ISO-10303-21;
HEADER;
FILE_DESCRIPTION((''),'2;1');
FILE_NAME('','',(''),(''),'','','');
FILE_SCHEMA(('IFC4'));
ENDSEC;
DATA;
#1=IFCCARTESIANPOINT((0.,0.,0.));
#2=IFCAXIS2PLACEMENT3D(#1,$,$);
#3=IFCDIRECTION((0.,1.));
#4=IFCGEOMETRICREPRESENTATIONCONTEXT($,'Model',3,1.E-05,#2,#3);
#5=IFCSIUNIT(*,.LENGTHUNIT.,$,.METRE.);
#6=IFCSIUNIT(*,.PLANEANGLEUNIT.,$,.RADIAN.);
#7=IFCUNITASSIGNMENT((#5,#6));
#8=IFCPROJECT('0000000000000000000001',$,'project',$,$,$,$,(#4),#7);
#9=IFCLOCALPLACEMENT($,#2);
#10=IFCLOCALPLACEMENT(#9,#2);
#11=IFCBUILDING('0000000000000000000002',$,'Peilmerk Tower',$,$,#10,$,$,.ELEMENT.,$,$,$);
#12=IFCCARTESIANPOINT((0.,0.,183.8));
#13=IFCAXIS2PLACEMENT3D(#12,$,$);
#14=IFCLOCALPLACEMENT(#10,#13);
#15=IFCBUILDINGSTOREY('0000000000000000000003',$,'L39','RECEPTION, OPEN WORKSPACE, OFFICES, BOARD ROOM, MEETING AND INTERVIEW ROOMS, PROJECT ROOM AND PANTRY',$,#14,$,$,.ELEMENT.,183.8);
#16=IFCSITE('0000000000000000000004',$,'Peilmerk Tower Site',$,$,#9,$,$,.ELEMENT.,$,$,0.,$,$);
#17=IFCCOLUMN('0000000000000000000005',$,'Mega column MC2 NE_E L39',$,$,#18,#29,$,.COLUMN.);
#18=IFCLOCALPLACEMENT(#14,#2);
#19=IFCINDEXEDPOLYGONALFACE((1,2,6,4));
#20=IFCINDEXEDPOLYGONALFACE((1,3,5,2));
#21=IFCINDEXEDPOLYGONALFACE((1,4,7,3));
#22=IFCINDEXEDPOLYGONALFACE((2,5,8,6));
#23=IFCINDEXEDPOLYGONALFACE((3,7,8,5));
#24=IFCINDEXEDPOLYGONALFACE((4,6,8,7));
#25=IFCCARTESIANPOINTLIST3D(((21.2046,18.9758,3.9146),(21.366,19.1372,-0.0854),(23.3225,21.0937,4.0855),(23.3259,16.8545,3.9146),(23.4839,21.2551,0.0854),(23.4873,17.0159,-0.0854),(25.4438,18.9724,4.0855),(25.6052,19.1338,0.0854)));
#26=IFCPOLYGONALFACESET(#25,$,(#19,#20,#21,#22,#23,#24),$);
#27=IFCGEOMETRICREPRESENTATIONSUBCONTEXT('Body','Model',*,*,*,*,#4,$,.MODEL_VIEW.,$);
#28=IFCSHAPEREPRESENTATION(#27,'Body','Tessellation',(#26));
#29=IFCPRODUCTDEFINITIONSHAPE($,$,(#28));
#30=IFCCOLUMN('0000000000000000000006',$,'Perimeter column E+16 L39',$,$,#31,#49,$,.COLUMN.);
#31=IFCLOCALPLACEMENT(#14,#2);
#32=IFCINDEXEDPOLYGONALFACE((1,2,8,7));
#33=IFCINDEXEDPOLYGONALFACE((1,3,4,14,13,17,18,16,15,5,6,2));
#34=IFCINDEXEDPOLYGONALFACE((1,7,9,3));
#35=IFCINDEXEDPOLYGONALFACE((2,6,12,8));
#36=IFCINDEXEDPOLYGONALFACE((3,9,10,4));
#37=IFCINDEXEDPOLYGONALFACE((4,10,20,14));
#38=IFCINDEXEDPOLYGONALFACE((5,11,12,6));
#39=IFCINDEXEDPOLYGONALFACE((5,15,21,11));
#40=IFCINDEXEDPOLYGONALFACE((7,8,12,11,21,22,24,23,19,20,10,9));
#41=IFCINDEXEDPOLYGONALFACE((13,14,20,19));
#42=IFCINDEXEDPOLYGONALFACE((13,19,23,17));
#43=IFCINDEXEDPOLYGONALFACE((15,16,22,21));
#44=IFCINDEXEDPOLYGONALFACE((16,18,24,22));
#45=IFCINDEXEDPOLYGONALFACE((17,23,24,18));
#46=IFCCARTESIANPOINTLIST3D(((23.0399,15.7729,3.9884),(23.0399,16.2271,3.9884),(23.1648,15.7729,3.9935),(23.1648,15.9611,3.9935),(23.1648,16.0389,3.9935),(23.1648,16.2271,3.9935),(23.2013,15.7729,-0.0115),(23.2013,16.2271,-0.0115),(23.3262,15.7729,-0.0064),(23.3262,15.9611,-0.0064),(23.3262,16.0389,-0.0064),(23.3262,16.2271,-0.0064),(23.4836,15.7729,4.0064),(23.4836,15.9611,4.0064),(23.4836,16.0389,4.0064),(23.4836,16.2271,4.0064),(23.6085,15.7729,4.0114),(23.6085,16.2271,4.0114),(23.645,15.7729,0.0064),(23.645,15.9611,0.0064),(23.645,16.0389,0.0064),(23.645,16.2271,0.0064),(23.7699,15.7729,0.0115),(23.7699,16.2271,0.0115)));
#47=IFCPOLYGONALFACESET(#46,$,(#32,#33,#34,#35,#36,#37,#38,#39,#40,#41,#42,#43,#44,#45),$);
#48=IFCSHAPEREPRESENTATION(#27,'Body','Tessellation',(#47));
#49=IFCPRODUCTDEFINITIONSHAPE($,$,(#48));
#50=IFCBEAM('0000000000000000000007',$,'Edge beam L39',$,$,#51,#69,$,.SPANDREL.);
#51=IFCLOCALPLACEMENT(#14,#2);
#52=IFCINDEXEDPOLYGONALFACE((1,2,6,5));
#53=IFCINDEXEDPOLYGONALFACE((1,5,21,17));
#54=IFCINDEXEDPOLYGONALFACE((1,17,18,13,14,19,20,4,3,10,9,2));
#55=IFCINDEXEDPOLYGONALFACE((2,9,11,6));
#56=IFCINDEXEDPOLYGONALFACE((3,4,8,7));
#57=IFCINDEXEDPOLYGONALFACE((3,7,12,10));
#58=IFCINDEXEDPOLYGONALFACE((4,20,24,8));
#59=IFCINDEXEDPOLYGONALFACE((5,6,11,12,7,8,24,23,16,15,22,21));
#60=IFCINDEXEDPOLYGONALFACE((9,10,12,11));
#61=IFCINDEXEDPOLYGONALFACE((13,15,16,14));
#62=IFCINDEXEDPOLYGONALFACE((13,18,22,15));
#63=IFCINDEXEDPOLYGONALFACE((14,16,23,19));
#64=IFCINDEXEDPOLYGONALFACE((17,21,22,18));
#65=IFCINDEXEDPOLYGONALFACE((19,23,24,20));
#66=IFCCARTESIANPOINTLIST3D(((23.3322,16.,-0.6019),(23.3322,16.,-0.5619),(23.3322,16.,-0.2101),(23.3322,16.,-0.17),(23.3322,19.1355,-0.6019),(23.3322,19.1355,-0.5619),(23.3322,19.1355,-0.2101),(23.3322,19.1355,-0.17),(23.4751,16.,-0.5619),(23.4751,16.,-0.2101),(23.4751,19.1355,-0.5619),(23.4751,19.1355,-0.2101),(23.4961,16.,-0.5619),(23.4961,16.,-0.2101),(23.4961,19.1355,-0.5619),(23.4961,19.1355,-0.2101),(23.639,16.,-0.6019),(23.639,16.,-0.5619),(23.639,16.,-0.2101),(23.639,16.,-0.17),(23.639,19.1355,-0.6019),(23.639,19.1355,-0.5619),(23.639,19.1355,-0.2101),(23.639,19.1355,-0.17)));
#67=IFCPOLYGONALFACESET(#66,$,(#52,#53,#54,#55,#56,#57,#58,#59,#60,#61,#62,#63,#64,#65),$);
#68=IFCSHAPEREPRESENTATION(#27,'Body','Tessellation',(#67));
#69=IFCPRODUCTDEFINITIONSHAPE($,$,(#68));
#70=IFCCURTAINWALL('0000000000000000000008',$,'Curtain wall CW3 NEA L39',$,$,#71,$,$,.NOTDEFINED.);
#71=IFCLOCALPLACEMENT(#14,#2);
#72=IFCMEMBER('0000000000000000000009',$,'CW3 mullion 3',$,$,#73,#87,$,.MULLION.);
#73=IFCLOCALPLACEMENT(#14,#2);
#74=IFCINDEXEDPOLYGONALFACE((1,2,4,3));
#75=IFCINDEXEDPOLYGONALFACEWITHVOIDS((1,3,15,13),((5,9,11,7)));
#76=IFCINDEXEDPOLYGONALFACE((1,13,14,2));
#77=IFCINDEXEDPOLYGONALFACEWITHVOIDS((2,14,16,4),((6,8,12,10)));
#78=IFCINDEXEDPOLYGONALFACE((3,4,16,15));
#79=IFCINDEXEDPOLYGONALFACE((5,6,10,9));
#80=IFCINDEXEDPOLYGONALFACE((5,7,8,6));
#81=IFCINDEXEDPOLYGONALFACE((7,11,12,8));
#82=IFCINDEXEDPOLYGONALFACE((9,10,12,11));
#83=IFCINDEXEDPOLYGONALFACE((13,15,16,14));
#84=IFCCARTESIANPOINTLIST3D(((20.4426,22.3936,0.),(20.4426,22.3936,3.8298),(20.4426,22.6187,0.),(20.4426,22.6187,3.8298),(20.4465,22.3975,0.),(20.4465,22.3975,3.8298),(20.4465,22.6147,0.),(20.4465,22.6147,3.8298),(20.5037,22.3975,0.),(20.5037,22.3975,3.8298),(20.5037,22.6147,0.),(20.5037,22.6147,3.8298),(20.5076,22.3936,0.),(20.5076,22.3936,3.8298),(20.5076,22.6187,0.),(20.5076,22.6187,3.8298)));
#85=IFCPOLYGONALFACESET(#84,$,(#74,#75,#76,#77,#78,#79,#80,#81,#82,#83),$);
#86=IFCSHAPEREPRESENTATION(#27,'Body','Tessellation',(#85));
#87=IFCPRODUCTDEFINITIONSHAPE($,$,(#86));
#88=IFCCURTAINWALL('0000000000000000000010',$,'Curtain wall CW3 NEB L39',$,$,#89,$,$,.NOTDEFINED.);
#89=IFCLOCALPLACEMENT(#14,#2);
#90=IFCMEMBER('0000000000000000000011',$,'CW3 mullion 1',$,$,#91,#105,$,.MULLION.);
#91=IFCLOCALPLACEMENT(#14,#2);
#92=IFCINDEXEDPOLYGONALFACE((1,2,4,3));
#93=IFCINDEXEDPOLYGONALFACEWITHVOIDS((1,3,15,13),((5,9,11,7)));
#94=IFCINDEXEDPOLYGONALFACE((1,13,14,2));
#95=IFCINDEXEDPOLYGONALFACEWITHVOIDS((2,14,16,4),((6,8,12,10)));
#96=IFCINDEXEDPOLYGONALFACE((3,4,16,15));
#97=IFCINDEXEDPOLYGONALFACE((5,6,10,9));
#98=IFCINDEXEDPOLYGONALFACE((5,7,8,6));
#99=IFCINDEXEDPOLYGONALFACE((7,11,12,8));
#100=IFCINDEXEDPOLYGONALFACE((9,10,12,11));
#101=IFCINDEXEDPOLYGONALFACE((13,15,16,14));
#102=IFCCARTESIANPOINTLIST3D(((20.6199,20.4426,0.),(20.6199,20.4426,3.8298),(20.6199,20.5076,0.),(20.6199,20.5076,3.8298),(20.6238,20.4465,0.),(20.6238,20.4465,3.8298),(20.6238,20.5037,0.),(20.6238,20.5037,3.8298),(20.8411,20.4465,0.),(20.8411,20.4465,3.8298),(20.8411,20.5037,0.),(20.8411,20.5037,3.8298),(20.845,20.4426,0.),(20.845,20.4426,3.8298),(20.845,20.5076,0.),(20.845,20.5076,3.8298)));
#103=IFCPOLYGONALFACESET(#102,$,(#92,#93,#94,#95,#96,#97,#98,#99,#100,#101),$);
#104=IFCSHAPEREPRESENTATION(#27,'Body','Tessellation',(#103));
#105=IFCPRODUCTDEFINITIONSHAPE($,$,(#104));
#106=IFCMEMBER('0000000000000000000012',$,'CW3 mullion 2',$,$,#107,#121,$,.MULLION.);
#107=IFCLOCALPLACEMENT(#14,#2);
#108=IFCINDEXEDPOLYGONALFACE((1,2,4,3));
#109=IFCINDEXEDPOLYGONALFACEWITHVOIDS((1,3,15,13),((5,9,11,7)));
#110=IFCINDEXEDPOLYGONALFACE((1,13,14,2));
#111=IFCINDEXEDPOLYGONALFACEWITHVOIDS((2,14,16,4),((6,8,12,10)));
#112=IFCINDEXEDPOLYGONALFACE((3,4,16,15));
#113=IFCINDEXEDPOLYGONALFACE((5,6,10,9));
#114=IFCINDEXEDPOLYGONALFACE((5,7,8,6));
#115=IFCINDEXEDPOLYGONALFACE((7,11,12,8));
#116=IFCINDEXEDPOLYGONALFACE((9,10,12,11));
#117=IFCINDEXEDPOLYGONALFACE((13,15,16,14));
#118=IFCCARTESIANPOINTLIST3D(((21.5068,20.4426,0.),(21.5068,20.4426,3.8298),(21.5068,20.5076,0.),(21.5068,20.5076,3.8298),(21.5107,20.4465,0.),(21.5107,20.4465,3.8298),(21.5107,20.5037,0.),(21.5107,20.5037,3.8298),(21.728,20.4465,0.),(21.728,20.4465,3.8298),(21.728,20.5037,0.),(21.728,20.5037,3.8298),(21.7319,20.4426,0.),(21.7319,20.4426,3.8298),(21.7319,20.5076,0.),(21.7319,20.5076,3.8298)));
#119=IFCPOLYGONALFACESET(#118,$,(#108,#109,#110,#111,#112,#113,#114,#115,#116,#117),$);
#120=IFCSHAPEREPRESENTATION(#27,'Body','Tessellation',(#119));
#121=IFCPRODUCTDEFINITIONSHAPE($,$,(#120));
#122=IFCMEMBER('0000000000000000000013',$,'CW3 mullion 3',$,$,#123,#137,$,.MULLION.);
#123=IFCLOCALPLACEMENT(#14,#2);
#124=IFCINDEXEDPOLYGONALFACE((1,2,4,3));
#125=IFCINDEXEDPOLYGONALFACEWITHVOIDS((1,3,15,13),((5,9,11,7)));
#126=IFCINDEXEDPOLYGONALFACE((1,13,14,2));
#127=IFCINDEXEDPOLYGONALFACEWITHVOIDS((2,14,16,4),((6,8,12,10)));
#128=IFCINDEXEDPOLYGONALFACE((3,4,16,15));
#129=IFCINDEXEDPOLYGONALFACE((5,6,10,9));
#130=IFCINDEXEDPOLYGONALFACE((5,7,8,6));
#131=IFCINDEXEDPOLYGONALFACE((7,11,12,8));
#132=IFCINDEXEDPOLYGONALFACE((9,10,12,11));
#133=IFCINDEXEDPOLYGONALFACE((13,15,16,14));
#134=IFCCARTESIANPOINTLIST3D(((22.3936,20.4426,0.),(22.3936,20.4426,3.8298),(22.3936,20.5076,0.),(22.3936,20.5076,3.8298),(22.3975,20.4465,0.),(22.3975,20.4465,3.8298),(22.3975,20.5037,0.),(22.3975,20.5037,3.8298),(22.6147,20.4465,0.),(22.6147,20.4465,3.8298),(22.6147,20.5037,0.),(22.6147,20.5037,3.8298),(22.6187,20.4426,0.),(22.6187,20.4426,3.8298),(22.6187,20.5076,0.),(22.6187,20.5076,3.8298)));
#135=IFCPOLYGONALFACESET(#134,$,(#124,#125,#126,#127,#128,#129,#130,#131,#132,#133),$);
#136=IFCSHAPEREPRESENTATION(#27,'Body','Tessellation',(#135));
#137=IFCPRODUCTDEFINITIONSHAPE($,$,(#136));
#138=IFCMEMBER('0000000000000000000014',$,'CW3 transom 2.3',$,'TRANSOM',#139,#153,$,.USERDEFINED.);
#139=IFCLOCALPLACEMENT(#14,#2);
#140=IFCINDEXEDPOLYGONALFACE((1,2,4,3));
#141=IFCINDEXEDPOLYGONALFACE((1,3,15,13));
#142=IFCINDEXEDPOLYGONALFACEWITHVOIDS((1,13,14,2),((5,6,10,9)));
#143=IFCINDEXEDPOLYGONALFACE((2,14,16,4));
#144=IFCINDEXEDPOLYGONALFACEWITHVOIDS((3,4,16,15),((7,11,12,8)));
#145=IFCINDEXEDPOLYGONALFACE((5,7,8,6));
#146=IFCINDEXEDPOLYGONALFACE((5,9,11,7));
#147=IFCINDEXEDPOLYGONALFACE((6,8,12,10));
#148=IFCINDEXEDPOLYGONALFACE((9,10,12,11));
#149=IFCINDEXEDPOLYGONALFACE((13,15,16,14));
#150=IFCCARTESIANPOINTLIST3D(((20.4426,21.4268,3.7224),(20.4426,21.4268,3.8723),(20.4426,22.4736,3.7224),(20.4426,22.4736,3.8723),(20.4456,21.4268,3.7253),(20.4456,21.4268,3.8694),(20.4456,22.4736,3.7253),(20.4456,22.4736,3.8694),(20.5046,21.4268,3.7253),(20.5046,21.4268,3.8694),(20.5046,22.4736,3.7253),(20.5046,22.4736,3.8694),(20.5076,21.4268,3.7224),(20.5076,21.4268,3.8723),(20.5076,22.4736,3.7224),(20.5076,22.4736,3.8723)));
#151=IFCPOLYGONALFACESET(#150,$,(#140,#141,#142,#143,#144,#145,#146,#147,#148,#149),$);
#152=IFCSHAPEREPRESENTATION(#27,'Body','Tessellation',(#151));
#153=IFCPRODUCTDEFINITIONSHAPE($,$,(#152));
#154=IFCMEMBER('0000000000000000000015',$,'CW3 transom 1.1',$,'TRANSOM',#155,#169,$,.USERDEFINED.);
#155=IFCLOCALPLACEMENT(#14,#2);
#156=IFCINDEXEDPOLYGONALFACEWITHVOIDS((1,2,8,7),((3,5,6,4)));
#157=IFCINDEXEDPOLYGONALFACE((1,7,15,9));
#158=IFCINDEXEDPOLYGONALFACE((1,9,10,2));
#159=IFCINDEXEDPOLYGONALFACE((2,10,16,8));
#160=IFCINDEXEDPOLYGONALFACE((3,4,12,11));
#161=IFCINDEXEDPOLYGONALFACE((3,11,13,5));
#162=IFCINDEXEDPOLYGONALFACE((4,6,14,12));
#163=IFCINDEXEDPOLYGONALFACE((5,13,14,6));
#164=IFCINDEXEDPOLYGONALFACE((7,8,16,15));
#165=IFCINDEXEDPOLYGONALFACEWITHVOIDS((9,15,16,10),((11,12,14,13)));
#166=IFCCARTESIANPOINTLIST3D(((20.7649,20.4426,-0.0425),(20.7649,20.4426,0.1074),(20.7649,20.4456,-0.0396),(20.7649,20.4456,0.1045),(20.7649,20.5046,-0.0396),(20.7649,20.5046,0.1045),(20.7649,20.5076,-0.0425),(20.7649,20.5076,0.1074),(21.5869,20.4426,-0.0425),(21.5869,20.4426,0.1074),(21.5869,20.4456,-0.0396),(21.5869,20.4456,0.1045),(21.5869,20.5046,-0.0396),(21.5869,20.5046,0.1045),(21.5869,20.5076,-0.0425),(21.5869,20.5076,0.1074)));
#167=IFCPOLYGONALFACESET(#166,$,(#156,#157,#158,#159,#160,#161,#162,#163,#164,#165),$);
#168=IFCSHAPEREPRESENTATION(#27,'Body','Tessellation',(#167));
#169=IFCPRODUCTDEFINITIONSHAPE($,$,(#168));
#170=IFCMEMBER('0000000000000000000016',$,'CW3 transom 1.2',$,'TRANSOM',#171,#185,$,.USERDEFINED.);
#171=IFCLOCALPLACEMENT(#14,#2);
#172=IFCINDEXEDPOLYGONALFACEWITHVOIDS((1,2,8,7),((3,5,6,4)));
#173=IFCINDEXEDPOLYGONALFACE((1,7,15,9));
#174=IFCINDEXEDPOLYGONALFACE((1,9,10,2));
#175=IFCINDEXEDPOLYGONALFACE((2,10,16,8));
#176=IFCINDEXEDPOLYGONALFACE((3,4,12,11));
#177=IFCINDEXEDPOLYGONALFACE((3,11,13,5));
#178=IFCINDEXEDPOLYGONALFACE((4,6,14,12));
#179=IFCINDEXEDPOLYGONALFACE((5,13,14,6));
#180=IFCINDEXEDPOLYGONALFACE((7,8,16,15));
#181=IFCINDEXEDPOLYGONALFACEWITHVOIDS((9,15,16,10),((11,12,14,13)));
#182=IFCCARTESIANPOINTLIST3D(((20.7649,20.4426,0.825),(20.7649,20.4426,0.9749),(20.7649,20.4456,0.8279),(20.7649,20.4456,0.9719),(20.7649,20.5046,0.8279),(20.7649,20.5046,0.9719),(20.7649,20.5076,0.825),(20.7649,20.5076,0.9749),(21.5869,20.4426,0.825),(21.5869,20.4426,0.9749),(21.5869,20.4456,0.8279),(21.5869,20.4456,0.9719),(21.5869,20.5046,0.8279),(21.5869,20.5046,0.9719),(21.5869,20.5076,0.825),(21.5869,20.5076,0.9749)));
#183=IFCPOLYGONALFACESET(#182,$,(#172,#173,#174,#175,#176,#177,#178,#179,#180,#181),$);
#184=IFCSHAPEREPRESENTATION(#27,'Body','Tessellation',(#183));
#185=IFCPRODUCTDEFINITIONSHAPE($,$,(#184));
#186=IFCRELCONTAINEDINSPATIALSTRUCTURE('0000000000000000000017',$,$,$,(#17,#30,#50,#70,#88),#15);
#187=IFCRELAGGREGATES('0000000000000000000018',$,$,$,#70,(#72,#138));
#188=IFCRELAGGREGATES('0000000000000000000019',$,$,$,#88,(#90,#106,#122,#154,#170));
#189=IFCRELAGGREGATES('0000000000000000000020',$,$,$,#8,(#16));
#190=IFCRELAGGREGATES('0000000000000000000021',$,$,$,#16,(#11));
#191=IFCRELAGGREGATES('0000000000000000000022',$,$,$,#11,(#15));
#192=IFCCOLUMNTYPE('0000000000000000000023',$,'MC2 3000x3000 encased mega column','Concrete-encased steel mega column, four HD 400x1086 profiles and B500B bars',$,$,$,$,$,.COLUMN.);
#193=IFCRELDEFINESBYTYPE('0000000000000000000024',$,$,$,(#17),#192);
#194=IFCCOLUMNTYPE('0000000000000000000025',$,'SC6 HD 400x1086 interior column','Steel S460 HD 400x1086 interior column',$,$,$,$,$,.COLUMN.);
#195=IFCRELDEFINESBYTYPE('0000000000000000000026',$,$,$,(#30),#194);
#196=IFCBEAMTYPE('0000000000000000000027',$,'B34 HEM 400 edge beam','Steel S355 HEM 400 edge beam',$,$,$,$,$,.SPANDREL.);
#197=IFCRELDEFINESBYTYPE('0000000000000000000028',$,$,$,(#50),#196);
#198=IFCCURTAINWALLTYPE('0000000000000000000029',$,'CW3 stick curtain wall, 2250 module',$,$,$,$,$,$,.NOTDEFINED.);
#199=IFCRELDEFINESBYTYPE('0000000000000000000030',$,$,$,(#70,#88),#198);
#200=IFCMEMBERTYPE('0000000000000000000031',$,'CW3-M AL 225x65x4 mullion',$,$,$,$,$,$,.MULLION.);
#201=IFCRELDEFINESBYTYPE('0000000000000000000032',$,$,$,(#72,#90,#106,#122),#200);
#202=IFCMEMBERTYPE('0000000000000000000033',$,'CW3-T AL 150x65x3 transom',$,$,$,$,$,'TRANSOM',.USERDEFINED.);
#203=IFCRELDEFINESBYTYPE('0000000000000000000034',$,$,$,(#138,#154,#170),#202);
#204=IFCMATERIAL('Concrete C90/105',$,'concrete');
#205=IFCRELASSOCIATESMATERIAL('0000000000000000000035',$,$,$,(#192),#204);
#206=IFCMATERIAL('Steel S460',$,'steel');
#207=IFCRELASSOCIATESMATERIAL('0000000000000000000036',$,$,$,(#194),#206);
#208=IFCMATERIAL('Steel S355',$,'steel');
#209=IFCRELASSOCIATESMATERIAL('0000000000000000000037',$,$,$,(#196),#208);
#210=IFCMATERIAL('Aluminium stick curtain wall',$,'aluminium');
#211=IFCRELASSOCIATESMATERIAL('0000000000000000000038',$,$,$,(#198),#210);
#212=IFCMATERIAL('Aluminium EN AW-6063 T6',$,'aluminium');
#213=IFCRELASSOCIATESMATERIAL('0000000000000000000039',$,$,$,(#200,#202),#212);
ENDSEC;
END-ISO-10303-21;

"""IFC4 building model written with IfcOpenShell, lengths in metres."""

from ifc_helpers import new_model, si_unit, direction, frame, origin, origin_2d, place, context, subcontext, project, spatial, rectangle, hollow_rectangle, i_section, extrude, material, material_profile, profile_set, type_object, element, aggregate, save


model = new_model("IFC4")

# Units and contexts
model_context = context("Model", 3, precision=1e-05, world=origin(), true_north=direction((0.0, 1.0)))
body_context = subcontext(model_context, "Body", "Model", "MODEL_VIEW")
ifc_project = project(units=[si_unit("LENGTHUNIT", "METRE"), si_unit("PLANEANGLEUNIT", "RADIAN")], contexts=[model_context])

# Site, building, storey
site_placement = place(None, origin())
site = spatial("IfcSite", under=ifc_project, at=site_placement, Name="Peilmerk Tower Site", CompositionType="ELEMENT", RefElevation=0.0)
building_placement = place(site_placement, origin())
building = spatial("IfcBuilding", under=site, at=building_placement, Name="Peilmerk Tower", CompositionType="ELEMENT")
storey_placement = place(building_placement, frame((0.0, 0.0, 183.8)))
storey = spatial("IfcBuildingStorey", under=building, at=storey_placement, Name="L39", Description="RECEPTION, OPEN WORKSPACE, OFFICES, BOARD ROOM, MEETING AND INTERVIEW ROOMS, PROJECT ROOM AND PANTRY", CompositionType="ELEMENT", Elevation=183.8)

# Columns
ifc_material_1 = material(Name="Concrete C90/105", Category="concrete")
ifc_material_profile_1 = material_profile(ifc_material_1, rectangle(XDim=3.0, YDim=3.0, at=origin_2d()), Name="RC 3000x3000")
ifc_profile_set_1 = profile_set([ifc_material_profile_1], Name="Concrete C90/105")
column_type_1 = type_object("IfcColumnType", Name="MC2 3000x3000 encased mega column", Description="Concrete-encased steel mega column, four HD 400x1086 profiles and B500B bars", PredefinedType="COLUMN", material=ifc_profile_set_1)
column_1_placement = place(storey_placement, frame((23.4856, 19.1355, 0.0), z_axis=(-0.040279, -0.040279, 0.998376), x_axis=(0.707107, -0.707107, 0.0)))
element("IfcColumn", 1, at=column_1_placement, inside=storey, type_object=column_type_1, Name="Mega column MC2 NE_E L39", PredefinedType="COLUMN", context=body_context, shape_type="SweptSolid", body=[
    extrude(rectangle(XDim=3.0, YDim=3.0, at=origin_2d()), origin(), (0.0, 0.0, 1.0), 4.0066),
])
ifc_material_2 = material(Name="Steel S460", Category="steel")
ifc_material_profile_2 = material_profile(ifc_material_2, i_section(OverallWidth=0.4541, OverallDepth=0.5691, WebThickness=0.0779, FlangeThickness=0.125, at=origin_2d()), Name="HD 400x1086")
ifc_profile_set_2 = profile_set([ifc_material_profile_2], Name="Steel S460")
column_type_2 = type_object("IfcColumnType", Name="SC6 HD 400x1086 interior column", Description="Steel S460 HD 400x1086 interior column", PredefinedType="COLUMN", material=ifc_profile_set_2)
column_2_placement = place(storey_placement, frame((23.4856, 16.0, 0.0), z_axis=(-0.040311, 0.0, 0.999187), x_axis=(0.0, -1.0, 0.0)))
element("IfcColumn", 2, at=column_2_placement, inside=storey, type_object=column_type_2, Name="Perimeter column E+16 L39", PredefinedType="COLUMN", context=body_context, shape_type="SweptSolid", body=[
    extrude(i_section(OverallWidth=0.4541, OverallDepth=0.5691, WebThickness=0.0779, FlangeThickness=0.125, at=origin_2d()), origin(), (0.0, 0.0, 1.0), 4.0032),
])

# Beam
ifc_material_3 = material(Name="Steel S355", Category="steel")
ifc_material_profile_3 = material_profile(ifc_material_3, i_section(OverallWidth=0.3069, OverallDepth=0.4319, WebThickness=0.021, FlangeThickness=0.04, at=origin_2d()), Name="HEM 400")
ifc_profile_set_3 = profile_set([ifc_material_profile_3], Name="Steel S355")
beam_type = type_object("IfcBeamType", Name="B34 HEM 400 edge beam", Description="Steel S355 HEM 400 edge beam", PredefinedType="SPANDREL", material=ifc_profile_set_3)
beam_placement = place(storey_placement, frame((23.4856, 16.0, -0.386), z_axis=(0.0, 1.0, 0.0), x_axis=(-1.0, 0.0, 0.0)))
element("IfcBeam", 3, at=beam_placement, inside=storey, type_object=beam_type, Name="Edge beam L39", PredefinedType="SPANDREL", context=body_context, shape_type="SweptSolid", body=[
    extrude(i_section(OverallWidth=0.3069, OverallDepth=0.4319, WebThickness=0.021, FlangeThickness=0.04, at=origin_2d()), origin(), (0.0, 0.0, 1.0), 3.1355),
])

# Curtain wall, member
ifc_material_4 = material(Name="Aluminium stick curtain wall", Category="aluminium")
curtain_wall_type = type_object("IfcCurtainWallType", Name="CW3 stick curtain wall, 2250 module", PredefinedType="NOTDEFINED", material=ifc_material_4)
curtain_wall_1_placement = place(storey_placement, origin())
curtain_wall_1 = element("IfcCurtainWall", 4, at=curtain_wall_1_placement, inside=storey, type_object=curtain_wall_type, Name="Curtain wall CW3 NEA L39", PredefinedType="NOTDEFINED")
ifc_material_5 = material(Name="Aluminium EN AW-6063 T6", Category="aluminium")
ifc_material_profile_4 = material_profile(ifc_material_5, hollow_rectangle(XDim=0.0649, YDim=0.2251, WallThickness=0.0039, at=origin_2d()), Name="AL 225x65x4")
ifc_profile_set_4 = profile_set([ifc_material_profile_4], Name="Aluminium EN AW-6063 T6")
member_type_1 = type_object("IfcMemberType", Name="CW3-M AL 225x65x4 mullion", PredefinedType="MULLION", material=ifc_profile_set_4)
member_1_placement = place(storey_placement, frame((20.4751, 22.5061, 0.0), z_axis=(0.0, 0.0, 1.0), x_axis=(-1.0, 0.0, 0.0)))
member_1 = element("IfcMember", 5, at=member_1_placement, type_object=member_type_1, Name="CW3 mullion 3", PredefinedType="MULLION", context=body_context, shape_type="SweptSolid", body=[
    extrude(hollow_rectangle(XDim=0.0649, YDim=0.2251, WallThickness=0.0039, at=origin_2d()), origin(), (0.0, 0.0, 1.0), 3.8298),
])

# Curtain wall, members
curtain_wall_2_placement = place(storey_placement, origin())
curtain_wall_2 = element("IfcCurtainWall", 6, at=curtain_wall_2_placement, inside=storey, type_object=curtain_wall_type, Name="Curtain wall CW3 NEB L39", PredefinedType="NOTDEFINED")
member_2_placement = place(storey_placement, frame((20.7324, 20.4751, 0.0), z_axis=(0.0, 0.0, 1.0), x_axis=(0.0, 1.0, 0.0)))
member_2 = element("IfcMember", 7, at=member_2_placement, type_object=member_type_1, Name="CW3 mullion 1", PredefinedType="MULLION", context=body_context, shape_type="SweptSolid", body=[
    extrude(hollow_rectangle(XDim=0.0649, YDim=0.2251, WallThickness=0.0039, at=origin_2d()), origin(), (0.0, 0.0, 1.0), 3.8298),
])
member_3_placement = place(storey_placement, frame((21.6194, 20.4751, 0.0), z_axis=(0.0, 0.0, 1.0), x_axis=(0.0, 1.0, 0.0)))
member_3 = element("IfcMember", 8, at=member_3_placement, type_object=member_type_1, Name="CW3 mullion 2", PredefinedType="MULLION", context=body_context, shape_type="SweptSolid", body=[
    extrude(hollow_rectangle(XDim=0.0649, YDim=0.2251, WallThickness=0.0039, at=origin_2d()), origin(), (0.0, 0.0, 1.0), 3.8298),
])
member_4_placement = place(storey_placement, frame((22.5061, 20.4751, 0.0), z_axis=(0.0, 0.0, 1.0), x_axis=(0.0, 1.0, 0.0)))
member_4 = element("IfcMember", 9, at=member_4_placement, type_object=member_type_1, Name="CW3 mullion 3", PredefinedType="MULLION", context=body_context, shape_type="SweptSolid", body=[
    extrude(hollow_rectangle(XDim=0.0649, YDim=0.2251, WallThickness=0.0039, at=origin_2d()), origin(), (0.0, 0.0, 1.0), 3.8298),
])

# Members
ifc_material_profile_5 = material_profile(ifc_material_5, hollow_rectangle(XDim=0.0649, YDim=0.1499, WallThickness=0.0029, at=origin_2d()), Name="AL 150x65x3")
ifc_profile_set_5 = profile_set([ifc_material_profile_5], Name="Aluminium EN AW-6063 T6")
member_type_2 = type_object("IfcMemberType", Name="CW3-T AL 150x65x3 transom", ElementType="TRANSOM", PredefinedType="USERDEFINED", material=ifc_profile_set_5)
member_5_placement = place(storey_placement, frame((20.4751, 21.4268, 3.7974), z_axis=(0.0, 1.0, 0.0), x_axis=(-1.0, 0.0, 0.0)))
member_5 = element("IfcMember", 10, at=member_5_placement, type_object=member_type_2, Name="CW3 transom 2.3", ObjectType="TRANSOM", PredefinedType="USERDEFINED", context=body_context, shape_type="SweptSolid", body=[
    extrude(hollow_rectangle(XDim=0.0649, YDim=0.1499, WallThickness=0.0029, at=origin_2d()), origin(), (0.0, 0.0, 1.0), 1.0469),
])
member_6_placement = place(storey_placement, frame((20.7649, 20.4751, 0.0325), z_axis=(1.0, 0.0, 0.0), x_axis=(0.0, 1.0, 0.0)))
member_6 = element("IfcMember", 11, at=member_6_placement, type_object=member_type_2, Name="CW3 transom 1.1", ObjectType="TRANSOM", PredefinedType="USERDEFINED", context=body_context, shape_type="SweptSolid", body=[
    extrude(hollow_rectangle(XDim=0.0649, YDim=0.1499, WallThickness=0.0029, at=origin_2d()), origin(), (0.0, 0.0, 1.0), 0.822),
])
member_7_placement = place(storey_placement, frame((20.7649, 20.4751, 0.8999), z_axis=(1.0, 0.0, 0.0), x_axis=(0.0, 1.0, 0.0)))
member_7 = element("IfcMember", 12, at=member_7_placement, type_object=member_type_2, Name="CW3 transom 1.2", ObjectType="TRANSOM", PredefinedType="USERDEFINED", context=body_context, shape_type="SweptSolid", body=[
    extrude(hollow_rectangle(XDim=0.0649, YDim=0.1499, WallThickness=0.0029, at=origin_2d()), origin(), (0.0, 0.0, 1.0), 0.822),
])

aggregate(curtain_wall_1, [member_1, member_5])
aggregate(curtain_wall_2, [member_2, member_3, member_4, member_6, member_7])

save(model, "model.ifc")
